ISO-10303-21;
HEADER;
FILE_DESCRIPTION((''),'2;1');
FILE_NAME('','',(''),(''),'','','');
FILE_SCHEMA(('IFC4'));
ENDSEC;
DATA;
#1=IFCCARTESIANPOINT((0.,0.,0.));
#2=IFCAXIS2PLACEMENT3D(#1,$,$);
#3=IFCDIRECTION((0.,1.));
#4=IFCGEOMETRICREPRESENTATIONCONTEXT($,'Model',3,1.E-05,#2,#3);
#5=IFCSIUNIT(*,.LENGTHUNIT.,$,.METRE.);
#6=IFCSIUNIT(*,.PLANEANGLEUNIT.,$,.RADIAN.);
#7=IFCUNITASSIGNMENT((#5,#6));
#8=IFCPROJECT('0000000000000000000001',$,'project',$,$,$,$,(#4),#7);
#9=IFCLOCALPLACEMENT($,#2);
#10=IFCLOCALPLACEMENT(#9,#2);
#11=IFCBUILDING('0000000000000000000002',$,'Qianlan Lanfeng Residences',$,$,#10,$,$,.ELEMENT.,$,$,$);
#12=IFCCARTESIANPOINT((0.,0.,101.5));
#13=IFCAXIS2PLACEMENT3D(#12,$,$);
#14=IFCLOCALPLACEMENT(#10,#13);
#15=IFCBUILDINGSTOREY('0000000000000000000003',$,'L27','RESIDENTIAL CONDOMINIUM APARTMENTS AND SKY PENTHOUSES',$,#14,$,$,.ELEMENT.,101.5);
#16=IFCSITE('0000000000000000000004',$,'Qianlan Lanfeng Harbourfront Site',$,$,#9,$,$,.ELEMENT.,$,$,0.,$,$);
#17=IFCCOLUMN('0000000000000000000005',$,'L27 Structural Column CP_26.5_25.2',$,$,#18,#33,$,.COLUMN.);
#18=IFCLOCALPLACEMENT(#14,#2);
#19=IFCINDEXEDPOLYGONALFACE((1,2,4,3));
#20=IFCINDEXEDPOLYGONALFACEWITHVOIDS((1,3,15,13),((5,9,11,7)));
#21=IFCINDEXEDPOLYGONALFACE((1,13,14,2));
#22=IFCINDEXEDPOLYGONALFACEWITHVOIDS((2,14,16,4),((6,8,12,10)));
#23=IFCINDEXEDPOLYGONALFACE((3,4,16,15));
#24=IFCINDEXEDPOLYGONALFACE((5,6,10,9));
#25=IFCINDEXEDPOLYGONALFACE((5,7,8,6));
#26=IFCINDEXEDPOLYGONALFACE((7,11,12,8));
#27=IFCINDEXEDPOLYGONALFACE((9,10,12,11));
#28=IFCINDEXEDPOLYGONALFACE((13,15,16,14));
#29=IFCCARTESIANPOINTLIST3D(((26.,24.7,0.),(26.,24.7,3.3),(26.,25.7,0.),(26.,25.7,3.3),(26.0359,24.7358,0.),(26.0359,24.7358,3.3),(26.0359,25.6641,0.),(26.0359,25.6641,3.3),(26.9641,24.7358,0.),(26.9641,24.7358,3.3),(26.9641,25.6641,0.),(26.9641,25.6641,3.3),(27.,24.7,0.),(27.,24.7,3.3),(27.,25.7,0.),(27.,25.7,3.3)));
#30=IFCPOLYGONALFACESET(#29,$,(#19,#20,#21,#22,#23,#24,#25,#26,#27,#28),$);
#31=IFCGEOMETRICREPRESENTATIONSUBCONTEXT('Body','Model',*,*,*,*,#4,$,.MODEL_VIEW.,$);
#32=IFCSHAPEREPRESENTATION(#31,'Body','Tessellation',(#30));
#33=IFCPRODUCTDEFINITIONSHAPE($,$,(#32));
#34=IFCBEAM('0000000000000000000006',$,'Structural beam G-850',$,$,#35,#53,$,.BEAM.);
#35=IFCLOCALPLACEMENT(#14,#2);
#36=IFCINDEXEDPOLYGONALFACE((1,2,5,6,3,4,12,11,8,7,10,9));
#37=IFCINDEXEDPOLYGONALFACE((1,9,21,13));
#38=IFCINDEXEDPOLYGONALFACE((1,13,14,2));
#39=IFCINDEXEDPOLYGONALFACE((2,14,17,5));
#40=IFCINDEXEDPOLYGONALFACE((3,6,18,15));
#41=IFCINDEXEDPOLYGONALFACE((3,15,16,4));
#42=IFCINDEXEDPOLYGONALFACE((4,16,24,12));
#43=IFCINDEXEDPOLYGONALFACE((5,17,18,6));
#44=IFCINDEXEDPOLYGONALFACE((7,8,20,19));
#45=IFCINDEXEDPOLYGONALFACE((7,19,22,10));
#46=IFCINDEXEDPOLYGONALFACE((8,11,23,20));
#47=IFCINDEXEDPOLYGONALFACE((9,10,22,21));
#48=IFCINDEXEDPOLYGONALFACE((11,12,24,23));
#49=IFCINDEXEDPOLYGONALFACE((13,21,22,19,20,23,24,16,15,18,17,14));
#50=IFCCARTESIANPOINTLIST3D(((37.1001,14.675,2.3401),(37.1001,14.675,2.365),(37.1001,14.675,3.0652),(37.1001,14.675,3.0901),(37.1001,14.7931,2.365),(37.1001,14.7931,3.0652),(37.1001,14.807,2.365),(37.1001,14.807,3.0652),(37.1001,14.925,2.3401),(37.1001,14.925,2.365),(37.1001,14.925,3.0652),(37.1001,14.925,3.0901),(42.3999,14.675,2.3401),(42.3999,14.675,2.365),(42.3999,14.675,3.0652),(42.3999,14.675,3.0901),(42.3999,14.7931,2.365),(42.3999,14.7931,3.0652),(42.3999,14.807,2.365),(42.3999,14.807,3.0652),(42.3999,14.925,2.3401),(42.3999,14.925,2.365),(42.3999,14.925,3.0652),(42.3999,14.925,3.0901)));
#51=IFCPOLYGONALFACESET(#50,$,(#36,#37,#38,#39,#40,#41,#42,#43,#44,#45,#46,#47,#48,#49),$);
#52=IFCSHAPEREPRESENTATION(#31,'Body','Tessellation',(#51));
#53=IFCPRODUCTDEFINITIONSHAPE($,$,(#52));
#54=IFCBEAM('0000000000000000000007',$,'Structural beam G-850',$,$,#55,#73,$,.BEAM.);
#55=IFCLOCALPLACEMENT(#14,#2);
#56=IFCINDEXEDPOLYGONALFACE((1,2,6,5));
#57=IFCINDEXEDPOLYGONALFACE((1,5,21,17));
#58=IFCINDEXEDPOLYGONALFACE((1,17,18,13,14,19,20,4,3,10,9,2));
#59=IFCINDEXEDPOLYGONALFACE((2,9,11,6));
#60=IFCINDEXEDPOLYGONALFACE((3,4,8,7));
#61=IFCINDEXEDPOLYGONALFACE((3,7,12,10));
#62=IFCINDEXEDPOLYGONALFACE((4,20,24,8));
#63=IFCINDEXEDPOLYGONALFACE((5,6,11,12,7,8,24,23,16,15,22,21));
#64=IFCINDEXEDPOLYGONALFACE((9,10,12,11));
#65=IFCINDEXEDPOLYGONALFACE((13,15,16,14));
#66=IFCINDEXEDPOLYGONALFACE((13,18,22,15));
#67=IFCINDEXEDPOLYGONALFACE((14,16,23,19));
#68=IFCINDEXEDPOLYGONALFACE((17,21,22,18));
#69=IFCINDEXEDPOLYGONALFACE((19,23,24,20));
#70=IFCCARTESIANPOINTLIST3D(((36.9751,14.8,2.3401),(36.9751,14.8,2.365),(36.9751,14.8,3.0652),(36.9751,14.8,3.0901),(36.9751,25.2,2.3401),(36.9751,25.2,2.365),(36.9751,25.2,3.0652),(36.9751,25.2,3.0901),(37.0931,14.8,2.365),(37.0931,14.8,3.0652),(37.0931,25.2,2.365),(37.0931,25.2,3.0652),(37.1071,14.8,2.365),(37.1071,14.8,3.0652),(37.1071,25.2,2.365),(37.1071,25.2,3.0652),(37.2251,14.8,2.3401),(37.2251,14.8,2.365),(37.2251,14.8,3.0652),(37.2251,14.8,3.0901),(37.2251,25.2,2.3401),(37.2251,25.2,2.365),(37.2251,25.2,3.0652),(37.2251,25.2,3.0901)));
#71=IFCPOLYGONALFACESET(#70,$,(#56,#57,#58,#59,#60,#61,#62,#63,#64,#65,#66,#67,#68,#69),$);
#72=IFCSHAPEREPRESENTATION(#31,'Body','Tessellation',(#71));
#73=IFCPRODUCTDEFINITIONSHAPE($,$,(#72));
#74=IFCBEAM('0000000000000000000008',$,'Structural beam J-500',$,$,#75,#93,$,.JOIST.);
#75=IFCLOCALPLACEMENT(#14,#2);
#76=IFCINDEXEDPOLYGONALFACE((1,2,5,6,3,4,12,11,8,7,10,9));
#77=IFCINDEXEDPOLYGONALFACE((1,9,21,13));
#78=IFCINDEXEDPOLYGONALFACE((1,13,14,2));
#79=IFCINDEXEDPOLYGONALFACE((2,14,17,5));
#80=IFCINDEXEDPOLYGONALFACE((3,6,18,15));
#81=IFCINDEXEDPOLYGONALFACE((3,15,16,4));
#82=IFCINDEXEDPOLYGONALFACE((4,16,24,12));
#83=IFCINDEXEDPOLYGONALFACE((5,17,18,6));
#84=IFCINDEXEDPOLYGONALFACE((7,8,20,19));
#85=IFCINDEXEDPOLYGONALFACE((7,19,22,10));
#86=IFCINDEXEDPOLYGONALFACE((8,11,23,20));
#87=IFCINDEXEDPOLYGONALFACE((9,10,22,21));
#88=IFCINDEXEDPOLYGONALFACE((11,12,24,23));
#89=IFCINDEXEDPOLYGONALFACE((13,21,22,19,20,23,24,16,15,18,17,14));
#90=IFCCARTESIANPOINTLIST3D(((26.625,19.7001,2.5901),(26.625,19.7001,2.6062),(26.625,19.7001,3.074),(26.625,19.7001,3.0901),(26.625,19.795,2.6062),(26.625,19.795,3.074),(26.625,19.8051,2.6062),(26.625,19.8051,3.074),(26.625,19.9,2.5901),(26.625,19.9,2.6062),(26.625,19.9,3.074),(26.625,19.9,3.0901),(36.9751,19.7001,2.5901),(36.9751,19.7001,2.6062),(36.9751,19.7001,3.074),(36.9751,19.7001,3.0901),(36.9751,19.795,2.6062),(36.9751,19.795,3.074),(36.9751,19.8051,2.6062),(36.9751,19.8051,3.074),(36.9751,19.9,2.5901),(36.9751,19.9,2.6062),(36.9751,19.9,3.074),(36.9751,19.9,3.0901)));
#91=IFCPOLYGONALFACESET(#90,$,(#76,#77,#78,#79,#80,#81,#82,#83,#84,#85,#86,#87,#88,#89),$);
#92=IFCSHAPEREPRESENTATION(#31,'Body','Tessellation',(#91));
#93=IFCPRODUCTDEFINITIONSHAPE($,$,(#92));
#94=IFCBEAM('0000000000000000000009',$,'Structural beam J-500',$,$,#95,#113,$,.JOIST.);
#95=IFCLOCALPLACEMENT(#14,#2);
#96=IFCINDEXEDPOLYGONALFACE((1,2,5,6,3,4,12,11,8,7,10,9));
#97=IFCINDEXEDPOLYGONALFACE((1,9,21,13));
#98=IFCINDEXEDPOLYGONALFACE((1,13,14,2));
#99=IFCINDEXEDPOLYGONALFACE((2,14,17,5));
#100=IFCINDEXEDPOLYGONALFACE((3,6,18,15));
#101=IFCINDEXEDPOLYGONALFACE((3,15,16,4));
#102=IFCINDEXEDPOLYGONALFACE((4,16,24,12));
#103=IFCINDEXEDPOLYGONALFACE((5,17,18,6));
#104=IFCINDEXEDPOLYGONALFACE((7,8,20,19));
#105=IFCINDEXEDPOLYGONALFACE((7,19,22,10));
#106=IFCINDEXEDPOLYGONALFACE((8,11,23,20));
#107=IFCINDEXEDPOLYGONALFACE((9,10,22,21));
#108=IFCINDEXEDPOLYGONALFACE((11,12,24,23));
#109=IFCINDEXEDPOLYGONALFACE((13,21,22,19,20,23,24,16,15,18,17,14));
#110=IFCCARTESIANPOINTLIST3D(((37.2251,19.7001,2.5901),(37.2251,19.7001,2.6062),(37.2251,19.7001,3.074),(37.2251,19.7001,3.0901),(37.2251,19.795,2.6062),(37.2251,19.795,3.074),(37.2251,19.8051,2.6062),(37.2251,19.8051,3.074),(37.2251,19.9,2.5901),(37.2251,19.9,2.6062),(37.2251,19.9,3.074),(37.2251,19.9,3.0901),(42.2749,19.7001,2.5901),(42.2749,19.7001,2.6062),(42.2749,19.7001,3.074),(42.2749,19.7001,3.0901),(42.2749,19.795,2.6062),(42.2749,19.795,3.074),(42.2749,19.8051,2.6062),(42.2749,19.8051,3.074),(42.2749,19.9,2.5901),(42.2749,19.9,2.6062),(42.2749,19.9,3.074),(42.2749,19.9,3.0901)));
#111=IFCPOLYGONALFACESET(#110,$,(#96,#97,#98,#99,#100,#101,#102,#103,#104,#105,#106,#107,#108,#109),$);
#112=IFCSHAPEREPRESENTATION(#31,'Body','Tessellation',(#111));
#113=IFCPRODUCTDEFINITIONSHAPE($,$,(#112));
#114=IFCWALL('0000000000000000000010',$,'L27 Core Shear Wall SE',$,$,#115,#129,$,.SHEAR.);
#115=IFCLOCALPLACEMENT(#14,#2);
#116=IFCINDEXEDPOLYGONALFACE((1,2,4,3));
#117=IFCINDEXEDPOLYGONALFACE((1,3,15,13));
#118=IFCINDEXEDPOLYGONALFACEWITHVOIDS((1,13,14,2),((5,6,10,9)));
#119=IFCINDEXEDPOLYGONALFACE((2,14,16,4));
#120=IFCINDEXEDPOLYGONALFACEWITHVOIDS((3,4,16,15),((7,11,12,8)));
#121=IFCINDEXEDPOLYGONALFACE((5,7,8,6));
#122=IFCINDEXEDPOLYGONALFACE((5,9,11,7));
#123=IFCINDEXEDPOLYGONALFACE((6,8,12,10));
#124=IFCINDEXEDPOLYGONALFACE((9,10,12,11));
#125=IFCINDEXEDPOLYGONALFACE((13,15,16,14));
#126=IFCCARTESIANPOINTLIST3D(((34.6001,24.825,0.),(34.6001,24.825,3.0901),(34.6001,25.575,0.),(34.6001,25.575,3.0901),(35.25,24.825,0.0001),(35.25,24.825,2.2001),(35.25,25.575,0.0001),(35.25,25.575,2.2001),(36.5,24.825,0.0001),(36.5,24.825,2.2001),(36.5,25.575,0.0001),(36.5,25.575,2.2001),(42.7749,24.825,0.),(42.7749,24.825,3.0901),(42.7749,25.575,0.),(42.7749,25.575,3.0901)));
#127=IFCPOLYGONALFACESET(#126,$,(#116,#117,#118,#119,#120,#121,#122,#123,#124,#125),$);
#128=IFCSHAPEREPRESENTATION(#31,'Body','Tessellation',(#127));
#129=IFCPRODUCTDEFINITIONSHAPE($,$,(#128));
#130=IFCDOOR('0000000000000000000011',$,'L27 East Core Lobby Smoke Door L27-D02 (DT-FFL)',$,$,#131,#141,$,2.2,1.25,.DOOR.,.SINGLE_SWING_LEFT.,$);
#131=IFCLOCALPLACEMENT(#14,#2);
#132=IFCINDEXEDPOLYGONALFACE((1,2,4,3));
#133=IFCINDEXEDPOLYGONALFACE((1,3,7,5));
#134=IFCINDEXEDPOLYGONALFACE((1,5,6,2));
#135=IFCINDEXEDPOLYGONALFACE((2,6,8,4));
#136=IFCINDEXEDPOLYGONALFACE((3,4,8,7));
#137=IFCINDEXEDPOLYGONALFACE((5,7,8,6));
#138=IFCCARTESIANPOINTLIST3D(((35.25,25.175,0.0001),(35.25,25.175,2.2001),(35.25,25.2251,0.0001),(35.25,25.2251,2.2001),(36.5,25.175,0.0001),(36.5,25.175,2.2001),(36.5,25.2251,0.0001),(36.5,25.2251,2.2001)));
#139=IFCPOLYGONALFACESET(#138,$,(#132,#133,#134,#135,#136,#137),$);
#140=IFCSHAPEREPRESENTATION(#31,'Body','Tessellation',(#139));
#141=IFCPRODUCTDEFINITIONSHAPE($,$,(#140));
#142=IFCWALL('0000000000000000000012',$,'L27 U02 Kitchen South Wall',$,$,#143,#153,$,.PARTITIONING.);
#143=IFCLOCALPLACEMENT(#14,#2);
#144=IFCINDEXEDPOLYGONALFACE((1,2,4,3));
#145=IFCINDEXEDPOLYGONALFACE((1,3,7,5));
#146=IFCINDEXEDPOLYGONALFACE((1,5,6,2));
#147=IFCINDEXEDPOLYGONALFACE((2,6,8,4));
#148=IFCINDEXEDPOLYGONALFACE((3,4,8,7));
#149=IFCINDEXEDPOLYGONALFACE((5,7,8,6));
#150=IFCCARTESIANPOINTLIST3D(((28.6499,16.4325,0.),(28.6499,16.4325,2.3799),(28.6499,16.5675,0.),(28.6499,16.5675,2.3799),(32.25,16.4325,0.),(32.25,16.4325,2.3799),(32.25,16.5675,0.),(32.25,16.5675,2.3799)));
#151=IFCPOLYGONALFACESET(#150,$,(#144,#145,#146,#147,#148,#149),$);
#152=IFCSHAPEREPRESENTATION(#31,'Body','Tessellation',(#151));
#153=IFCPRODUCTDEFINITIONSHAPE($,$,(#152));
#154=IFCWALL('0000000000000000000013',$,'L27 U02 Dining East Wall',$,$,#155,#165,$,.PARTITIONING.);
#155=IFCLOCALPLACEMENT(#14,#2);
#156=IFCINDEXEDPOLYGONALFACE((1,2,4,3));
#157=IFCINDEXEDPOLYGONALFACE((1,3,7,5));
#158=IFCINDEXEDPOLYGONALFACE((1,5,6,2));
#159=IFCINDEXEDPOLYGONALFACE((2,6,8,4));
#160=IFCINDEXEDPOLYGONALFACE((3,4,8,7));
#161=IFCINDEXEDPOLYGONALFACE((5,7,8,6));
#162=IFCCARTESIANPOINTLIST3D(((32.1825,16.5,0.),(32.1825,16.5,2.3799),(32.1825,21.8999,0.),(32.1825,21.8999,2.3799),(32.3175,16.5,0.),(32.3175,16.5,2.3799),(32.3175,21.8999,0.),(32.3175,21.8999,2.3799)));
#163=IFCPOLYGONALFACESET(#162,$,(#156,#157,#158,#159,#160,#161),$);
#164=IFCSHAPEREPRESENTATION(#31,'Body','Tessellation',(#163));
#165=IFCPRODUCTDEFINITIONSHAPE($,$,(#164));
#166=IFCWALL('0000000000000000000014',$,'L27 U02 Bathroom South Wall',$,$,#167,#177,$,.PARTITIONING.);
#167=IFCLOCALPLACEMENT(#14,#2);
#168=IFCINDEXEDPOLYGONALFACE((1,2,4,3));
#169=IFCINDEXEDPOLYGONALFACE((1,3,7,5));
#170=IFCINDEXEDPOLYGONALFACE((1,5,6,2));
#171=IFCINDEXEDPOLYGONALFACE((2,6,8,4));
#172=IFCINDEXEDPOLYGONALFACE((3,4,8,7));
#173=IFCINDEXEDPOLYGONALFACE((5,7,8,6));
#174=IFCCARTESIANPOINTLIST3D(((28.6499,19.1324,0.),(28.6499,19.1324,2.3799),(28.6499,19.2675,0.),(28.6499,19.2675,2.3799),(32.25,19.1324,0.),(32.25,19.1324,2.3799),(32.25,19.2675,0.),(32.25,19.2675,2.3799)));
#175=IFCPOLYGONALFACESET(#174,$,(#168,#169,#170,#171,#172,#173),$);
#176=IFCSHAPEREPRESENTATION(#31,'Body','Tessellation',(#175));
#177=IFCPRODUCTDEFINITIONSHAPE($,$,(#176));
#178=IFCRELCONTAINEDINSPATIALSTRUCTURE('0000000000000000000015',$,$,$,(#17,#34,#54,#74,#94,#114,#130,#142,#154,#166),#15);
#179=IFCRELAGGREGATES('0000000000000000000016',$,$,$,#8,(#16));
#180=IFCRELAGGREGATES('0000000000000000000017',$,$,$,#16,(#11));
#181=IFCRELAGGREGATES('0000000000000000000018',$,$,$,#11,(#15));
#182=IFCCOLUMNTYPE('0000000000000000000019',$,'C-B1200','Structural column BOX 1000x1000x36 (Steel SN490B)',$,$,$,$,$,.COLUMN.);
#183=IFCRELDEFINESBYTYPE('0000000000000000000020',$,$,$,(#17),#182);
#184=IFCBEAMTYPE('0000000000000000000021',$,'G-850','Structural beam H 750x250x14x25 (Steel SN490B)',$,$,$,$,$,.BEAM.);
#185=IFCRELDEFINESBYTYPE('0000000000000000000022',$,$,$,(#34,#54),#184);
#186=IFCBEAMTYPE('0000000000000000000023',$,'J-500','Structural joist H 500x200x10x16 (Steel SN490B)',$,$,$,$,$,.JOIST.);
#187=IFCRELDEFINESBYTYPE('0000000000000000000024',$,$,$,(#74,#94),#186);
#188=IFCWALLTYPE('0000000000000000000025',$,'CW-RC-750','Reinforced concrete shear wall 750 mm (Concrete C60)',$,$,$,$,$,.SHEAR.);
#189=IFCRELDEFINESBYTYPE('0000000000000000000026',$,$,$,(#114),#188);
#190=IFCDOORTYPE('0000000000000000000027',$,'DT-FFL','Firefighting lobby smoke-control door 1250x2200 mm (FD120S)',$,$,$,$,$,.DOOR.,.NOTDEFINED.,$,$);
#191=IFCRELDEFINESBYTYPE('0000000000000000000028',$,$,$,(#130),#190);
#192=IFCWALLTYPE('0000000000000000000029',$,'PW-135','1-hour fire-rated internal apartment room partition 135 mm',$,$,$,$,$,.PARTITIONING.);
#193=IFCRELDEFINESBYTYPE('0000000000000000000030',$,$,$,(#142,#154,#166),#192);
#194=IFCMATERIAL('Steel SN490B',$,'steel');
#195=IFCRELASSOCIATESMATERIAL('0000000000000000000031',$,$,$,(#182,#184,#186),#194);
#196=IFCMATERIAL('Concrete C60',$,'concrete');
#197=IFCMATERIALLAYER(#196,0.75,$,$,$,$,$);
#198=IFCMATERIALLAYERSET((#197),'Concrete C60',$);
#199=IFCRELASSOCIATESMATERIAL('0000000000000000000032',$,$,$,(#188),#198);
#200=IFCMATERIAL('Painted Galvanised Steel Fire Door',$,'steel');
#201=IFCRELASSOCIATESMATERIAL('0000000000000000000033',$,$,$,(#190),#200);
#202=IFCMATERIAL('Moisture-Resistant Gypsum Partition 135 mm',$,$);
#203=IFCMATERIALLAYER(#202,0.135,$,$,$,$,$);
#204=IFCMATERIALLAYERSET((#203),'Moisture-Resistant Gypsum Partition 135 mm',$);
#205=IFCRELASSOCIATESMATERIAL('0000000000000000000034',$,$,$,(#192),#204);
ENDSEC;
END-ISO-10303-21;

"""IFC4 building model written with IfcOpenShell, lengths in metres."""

from ifc_helpers import new_model, si_unit, direction, frame, frame_2d, origin, origin_2d, place, context, subcontext, project, spatial, rectangle, hollow_rectangle, i_section, extrude, material, layer, layer_set, material_profile, profile_set, type_object, element, fill, save


model = new_model("IFC4")

# Units and contexts
model_context = context("Model", 3, precision=1e-05, world=origin(), true_north=direction((0.0, 1.0)))
body_context = subcontext(model_context, "Body", "Model", "MODEL_VIEW")
ifc_project = project(units=[si_unit("LENGTHUNIT", "METRE"), si_unit("PLANEANGLEUNIT", "RADIAN")], contexts=[model_context])

# Site, building, storey
site_placement = place(None, origin())
site = spatial("IfcSite", under=ifc_project, at=site_placement, Name="Qianlan Lanfeng Harbourfront Site", CompositionType="ELEMENT", RefElevation=0.0)
building_placement = place(site_placement, origin())
building = spatial("IfcBuilding", under=site, at=building_placement, Name="Qianlan Lanfeng Residences", CompositionType="ELEMENT")
storey_placement = place(building_placement, frame((0.0, 0.0, 101.5)))
storey = spatial("IfcBuildingStorey", under=building, at=storey_placement, Name="L27", Description="RESIDENTIAL CONDOMINIUM APARTMENTS AND SKY PENTHOUSES", CompositionType="ELEMENT", Elevation=101.5)

# Column
ifc_material_1 = material(Name="Steel SN490B", Category="steel")
ifc_material_profile_1 = material_profile(ifc_material_1, hollow_rectangle(XDim=1.0, YDim=1.0, WallThickness=0.0359, at=origin_2d()), Name="BOX 1000x1000x36")
ifc_profile_set_1 = profile_set([ifc_material_profile_1], Name="Steel SN490B")
column_type = type_object("IfcColumnType", Name="C-B1200", Description="Structural column BOX 1000x1000x36 (Steel SN490B)", PredefinedType="COLUMN", material=ifc_profile_set_1)
column_placement = place(storey_placement, frame((26.5, 25.2, 0.0), z_axis=(0.0, 0.0, 1.0), x_axis=(1.0, 0.0, 0.0)))
element("IfcColumn", 1, at=column_placement, inside=storey, type_object=column_type, Name="L27 Structural Column CP_26.5_25.2", PredefinedType="COLUMN", context=body_context, shape_type="SweptSolid", body=[
    extrude(hollow_rectangle(XDim=1.0, YDim=1.0, WallThickness=0.0359, at=origin_2d()), origin(), (0.0, 0.0, 1.0), 3.3),
])

# Beams
ifc_material_profile_2 = material_profile(ifc_material_1, i_section(OverallWidth=0.25, OverallDepth=0.75, WebThickness=0.0139, FlangeThickness=0.0249, at=origin_2d()), Name="H 750x250x14x25")
ifc_profile_set_2 = profile_set([ifc_material_profile_2], Name="Steel SN490B")
beam_type_1 = type_object("IfcBeamType", Name="G-850", Description="Structural beam H 750x250x14x25 (Steel SN490B)", PredefinedType="BEAM", material=ifc_profile_set_2)
beam_1_placement = place(storey_placement, frame((37.1001, 14.8, 2.7151), z_axis=(1.0, 0.0, 0.0), x_axis=(0.0, 1.0, 0.0)))
element("IfcBeam", 2, at=beam_1_placement, inside=storey, type_object=beam_type_1, Name="Structural beam G-850", PredefinedType="BEAM", context=body_context, shape_type="SweptSolid", body=[
    extrude(i_section(OverallWidth=0.25, OverallDepth=0.75, WebThickness=0.0139, FlangeThickness=0.0249, at=origin_2d()), origin(), (0.0, 0.0, 1.0), 5.2998),
])
beam_2_placement = place(storey_placement, frame((37.1001, 14.8, 2.7151), z_axis=(0.0, 1.0, 0.0), x_axis=(-1.0, 0.0, 0.0)))
element("IfcBeam", 3, at=beam_2_placement, inside=storey, type_object=beam_type_1, Name="Structural beam G-850", PredefinedType="BEAM", context=body_context, shape_type="SweptSolid", body=[
    extrude(i_section(OverallWidth=0.25, OverallDepth=0.75, WebThickness=0.0139, FlangeThickness=0.0249, at=origin_2d()), origin(), (0.0, 0.0, 1.0), 10.3999),
])
ifc_material_profile_3 = material_profile(ifc_material_1, i_section(OverallWidth=0.2, OverallDepth=0.5, WebThickness=0.01, FlangeThickness=0.0161, at=origin_2d()), Name="H 500x200x10x16")
ifc_profile_set_3 = profile_set([ifc_material_profile_3], Name="Steel SN490B")
beam_type_2 = type_object("IfcBeamType", Name="J-500", Description="Structural joist H 500x200x10x16 (Steel SN490B)", PredefinedType="JOIST", material=ifc_profile_set_3)
beam_3_placement = place(storey_placement, frame((26.625, 19.8, 2.8401), z_axis=(1.0, 0.0, 0.0), x_axis=(0.0, 1.0, 0.0)))
element("IfcBeam", 4, at=beam_3_placement, inside=storey, type_object=beam_type_2, Name="Structural beam J-500", PredefinedType="JOIST", context=body_context, shape_type="SweptSolid", body=[
    extrude(i_section(OverallWidth=0.2, OverallDepth=0.5, WebThickness=0.01, FlangeThickness=0.0161, at=origin_2d()), origin(), (0.0, 0.0, 1.0), 10.3501),
])
beam_4_placement = place(storey_placement, frame((37.2251, 19.8, 2.8401), z_axis=(1.0, 0.0, 0.0), x_axis=(0.0, 1.0, 0.0)))
element("IfcBeam", 5, at=beam_4_placement, inside=storey, type_object=beam_type_2, Name="Structural beam J-500", PredefinedType="JOIST", context=body_context, shape_type="SweptSolid", body=[
    extrude(i_section(OverallWidth=0.2, OverallDepth=0.5, WebThickness=0.01, FlangeThickness=0.0161, at=origin_2d()), origin(), (0.0, 0.0, 1.0), 5.0498),
])

# Wall, opening, door
ifc_material_2 = material(Name="Concrete C60", Category="concrete")
ifc_layer_1 = layer(ifc_material_2, 0.75)
ifc_layer_set_1 = layer_set([ifc_layer_1], Name="Concrete C60")
wall_type_1 = type_object("IfcWallType", Name="CW-RC-750", Description="Reinforced concrete shear wall 750 mm (Concrete C60)", PredefinedType="SHEAR", material=ifc_layer_set_1)
wall_1_placement = place(storey_placement, frame((34.6001, 25.2, 0.0), z_axis=(0.0, 0.0, 1.0), x_axis=(1.0, 0.0, 0.0)))
wall_1 = element("IfcWall", 6, at=wall_1_placement, inside=storey, type_object=wall_type_1, Name="L27 Core Shear Wall SE", PredefinedType="SHEAR", context=body_context, shape_type="SweptSolid", body=[
    extrude(rectangle(XDim=8.1748, YDim=0.75, at=frame_2d((4.0874, 0.0))), origin(), (0.0, 0.0, 1.0), 3.0901),
])
opening_1_placement = place(wall_1_placement, frame((0.6499, 0.0, 0.0)))
opening_1 = element("IfcOpeningElement", 7, at=opening_1_placement, cuts=wall_1, PredefinedType="OPENING", context=body_context, shape_type="SweptSolid", body=[
    extrude(rectangle(XDim=1.25, YDim=2.2, at=frame_2d((0.625, 1.1001))), frame((0.0, 0.385, 0.0), z_axis=(0.0, -1.0, 0.0), x_axis=(1.0, 0.0, 0.0)), (0.0, 0.0, 1.0), 0.77),
])
ifc_material_3 = material(Name="Painted Galvanised Steel Fire Door", Category="steel")
door_type_1 = type_object("IfcDoorType", Name="DT-FFL", Description="Firefighting lobby smoke-control door 1250x2200 mm (FD120S)", OperationType="NOTDEFINED", PredefinedType="DOOR", material=ifc_material_3)
door_1_placement = place(opening_1_placement, frame((1.25, 0.0, 0.0), z_axis=(0.0, 0.0, 1.0), x_axis=(-1.0, 0.0, 0.0)))
door_1 = element("IfcDoor", 8, at=door_1_placement, inside=storey, type_object=door_type_1, Name="L27 East Core Lobby Smoke Door L27-D02 (DT-FFL)", OperationType="SINGLE_SWING_LEFT", OverallHeight=2.2, OverallWidth=1.25, PredefinedType="DOOR", context=body_context, shape_type="SweptSolid", body=[
    extrude(rectangle(XDim=1.25, YDim=2.2, at=frame_2d((0.625, 1.1001))), frame((0.0, 0.0249, 0.0), z_axis=(0.0, -1.0, 0.0), x_axis=(1.0, 0.0, 0.0)), (0.0, 0.0, 1.0), 0.05),
])
fill(opening_1, door_1)

# Walls
ifc_material_4 = material(Name="Moisture-Resistant Gypsum Partition 135 mm")
ifc_layer_2 = layer(ifc_material_4, 0.135)
ifc_layer_set_2 = layer_set([ifc_layer_2], Name="Moisture-Resistant Gypsum Partition 135 mm")
wall_type_2 = type_object("IfcWallType", Name="PW-135", Description="1-hour fire-rated internal apartment room partition 135 mm", PredefinedType="PARTITIONING", material=ifc_layer_set_2)
wall_2_placement = place(storey_placement, frame((28.6499, 16.5, 0.0), z_axis=(0.0, 0.0, 1.0), x_axis=(1.0, 0.0, 0.0)))
element("IfcWall", 9, at=wall_2_placement, inside=storey, type_object=wall_type_2, Name="L27 U02 Kitchen South Wall", PredefinedType="PARTITIONING", context=body_context, shape_type="SweptSolid", body=[
    extrude(rectangle(XDim=3.6001, YDim=0.135, at=frame_2d((1.8, 0.0))), origin(), (0.0, 0.0, 1.0), 2.3799),
])
wall_3_placement = place(storey_placement, frame((32.25, 16.5, 0.0), z_axis=(0.0, 0.0, 1.0), x_axis=(0.0, 1.0, 0.0)))
element("IfcWall", 10, at=wall_3_placement, inside=storey, type_object=wall_type_2, Name="L27 U02 Dining East Wall", PredefinedType="PARTITIONING", context=body_context, shape_type="SweptSolid", body=[
    extrude(rectangle(XDim=5.3999, YDim=0.135, at=frame_2d((2.7, 0.0))), origin(), (0.0, 0.0, 1.0), 2.3799),
])
wall_4_placement = place(storey_placement, frame((28.6499, 19.2, 0.0), z_axis=(0.0, 0.0, 1.0), x_axis=(1.0, 0.0, 0.0)))
element("IfcWall", 11, at=wall_4_placement, inside=storey, type_object=wall_type_2, Name="L27 U02 Bathroom South Wall", PredefinedType="PARTITIONING", context=body_context, shape_type="SweptSolid", body=[
    extrude(rectangle(XDim=3.6001, YDim=0.135, at=frame_2d((1.8, 0.0))), origin(), (0.0, 0.0, 1.0), 2.3799),
])

save(model, "model.ifc")
